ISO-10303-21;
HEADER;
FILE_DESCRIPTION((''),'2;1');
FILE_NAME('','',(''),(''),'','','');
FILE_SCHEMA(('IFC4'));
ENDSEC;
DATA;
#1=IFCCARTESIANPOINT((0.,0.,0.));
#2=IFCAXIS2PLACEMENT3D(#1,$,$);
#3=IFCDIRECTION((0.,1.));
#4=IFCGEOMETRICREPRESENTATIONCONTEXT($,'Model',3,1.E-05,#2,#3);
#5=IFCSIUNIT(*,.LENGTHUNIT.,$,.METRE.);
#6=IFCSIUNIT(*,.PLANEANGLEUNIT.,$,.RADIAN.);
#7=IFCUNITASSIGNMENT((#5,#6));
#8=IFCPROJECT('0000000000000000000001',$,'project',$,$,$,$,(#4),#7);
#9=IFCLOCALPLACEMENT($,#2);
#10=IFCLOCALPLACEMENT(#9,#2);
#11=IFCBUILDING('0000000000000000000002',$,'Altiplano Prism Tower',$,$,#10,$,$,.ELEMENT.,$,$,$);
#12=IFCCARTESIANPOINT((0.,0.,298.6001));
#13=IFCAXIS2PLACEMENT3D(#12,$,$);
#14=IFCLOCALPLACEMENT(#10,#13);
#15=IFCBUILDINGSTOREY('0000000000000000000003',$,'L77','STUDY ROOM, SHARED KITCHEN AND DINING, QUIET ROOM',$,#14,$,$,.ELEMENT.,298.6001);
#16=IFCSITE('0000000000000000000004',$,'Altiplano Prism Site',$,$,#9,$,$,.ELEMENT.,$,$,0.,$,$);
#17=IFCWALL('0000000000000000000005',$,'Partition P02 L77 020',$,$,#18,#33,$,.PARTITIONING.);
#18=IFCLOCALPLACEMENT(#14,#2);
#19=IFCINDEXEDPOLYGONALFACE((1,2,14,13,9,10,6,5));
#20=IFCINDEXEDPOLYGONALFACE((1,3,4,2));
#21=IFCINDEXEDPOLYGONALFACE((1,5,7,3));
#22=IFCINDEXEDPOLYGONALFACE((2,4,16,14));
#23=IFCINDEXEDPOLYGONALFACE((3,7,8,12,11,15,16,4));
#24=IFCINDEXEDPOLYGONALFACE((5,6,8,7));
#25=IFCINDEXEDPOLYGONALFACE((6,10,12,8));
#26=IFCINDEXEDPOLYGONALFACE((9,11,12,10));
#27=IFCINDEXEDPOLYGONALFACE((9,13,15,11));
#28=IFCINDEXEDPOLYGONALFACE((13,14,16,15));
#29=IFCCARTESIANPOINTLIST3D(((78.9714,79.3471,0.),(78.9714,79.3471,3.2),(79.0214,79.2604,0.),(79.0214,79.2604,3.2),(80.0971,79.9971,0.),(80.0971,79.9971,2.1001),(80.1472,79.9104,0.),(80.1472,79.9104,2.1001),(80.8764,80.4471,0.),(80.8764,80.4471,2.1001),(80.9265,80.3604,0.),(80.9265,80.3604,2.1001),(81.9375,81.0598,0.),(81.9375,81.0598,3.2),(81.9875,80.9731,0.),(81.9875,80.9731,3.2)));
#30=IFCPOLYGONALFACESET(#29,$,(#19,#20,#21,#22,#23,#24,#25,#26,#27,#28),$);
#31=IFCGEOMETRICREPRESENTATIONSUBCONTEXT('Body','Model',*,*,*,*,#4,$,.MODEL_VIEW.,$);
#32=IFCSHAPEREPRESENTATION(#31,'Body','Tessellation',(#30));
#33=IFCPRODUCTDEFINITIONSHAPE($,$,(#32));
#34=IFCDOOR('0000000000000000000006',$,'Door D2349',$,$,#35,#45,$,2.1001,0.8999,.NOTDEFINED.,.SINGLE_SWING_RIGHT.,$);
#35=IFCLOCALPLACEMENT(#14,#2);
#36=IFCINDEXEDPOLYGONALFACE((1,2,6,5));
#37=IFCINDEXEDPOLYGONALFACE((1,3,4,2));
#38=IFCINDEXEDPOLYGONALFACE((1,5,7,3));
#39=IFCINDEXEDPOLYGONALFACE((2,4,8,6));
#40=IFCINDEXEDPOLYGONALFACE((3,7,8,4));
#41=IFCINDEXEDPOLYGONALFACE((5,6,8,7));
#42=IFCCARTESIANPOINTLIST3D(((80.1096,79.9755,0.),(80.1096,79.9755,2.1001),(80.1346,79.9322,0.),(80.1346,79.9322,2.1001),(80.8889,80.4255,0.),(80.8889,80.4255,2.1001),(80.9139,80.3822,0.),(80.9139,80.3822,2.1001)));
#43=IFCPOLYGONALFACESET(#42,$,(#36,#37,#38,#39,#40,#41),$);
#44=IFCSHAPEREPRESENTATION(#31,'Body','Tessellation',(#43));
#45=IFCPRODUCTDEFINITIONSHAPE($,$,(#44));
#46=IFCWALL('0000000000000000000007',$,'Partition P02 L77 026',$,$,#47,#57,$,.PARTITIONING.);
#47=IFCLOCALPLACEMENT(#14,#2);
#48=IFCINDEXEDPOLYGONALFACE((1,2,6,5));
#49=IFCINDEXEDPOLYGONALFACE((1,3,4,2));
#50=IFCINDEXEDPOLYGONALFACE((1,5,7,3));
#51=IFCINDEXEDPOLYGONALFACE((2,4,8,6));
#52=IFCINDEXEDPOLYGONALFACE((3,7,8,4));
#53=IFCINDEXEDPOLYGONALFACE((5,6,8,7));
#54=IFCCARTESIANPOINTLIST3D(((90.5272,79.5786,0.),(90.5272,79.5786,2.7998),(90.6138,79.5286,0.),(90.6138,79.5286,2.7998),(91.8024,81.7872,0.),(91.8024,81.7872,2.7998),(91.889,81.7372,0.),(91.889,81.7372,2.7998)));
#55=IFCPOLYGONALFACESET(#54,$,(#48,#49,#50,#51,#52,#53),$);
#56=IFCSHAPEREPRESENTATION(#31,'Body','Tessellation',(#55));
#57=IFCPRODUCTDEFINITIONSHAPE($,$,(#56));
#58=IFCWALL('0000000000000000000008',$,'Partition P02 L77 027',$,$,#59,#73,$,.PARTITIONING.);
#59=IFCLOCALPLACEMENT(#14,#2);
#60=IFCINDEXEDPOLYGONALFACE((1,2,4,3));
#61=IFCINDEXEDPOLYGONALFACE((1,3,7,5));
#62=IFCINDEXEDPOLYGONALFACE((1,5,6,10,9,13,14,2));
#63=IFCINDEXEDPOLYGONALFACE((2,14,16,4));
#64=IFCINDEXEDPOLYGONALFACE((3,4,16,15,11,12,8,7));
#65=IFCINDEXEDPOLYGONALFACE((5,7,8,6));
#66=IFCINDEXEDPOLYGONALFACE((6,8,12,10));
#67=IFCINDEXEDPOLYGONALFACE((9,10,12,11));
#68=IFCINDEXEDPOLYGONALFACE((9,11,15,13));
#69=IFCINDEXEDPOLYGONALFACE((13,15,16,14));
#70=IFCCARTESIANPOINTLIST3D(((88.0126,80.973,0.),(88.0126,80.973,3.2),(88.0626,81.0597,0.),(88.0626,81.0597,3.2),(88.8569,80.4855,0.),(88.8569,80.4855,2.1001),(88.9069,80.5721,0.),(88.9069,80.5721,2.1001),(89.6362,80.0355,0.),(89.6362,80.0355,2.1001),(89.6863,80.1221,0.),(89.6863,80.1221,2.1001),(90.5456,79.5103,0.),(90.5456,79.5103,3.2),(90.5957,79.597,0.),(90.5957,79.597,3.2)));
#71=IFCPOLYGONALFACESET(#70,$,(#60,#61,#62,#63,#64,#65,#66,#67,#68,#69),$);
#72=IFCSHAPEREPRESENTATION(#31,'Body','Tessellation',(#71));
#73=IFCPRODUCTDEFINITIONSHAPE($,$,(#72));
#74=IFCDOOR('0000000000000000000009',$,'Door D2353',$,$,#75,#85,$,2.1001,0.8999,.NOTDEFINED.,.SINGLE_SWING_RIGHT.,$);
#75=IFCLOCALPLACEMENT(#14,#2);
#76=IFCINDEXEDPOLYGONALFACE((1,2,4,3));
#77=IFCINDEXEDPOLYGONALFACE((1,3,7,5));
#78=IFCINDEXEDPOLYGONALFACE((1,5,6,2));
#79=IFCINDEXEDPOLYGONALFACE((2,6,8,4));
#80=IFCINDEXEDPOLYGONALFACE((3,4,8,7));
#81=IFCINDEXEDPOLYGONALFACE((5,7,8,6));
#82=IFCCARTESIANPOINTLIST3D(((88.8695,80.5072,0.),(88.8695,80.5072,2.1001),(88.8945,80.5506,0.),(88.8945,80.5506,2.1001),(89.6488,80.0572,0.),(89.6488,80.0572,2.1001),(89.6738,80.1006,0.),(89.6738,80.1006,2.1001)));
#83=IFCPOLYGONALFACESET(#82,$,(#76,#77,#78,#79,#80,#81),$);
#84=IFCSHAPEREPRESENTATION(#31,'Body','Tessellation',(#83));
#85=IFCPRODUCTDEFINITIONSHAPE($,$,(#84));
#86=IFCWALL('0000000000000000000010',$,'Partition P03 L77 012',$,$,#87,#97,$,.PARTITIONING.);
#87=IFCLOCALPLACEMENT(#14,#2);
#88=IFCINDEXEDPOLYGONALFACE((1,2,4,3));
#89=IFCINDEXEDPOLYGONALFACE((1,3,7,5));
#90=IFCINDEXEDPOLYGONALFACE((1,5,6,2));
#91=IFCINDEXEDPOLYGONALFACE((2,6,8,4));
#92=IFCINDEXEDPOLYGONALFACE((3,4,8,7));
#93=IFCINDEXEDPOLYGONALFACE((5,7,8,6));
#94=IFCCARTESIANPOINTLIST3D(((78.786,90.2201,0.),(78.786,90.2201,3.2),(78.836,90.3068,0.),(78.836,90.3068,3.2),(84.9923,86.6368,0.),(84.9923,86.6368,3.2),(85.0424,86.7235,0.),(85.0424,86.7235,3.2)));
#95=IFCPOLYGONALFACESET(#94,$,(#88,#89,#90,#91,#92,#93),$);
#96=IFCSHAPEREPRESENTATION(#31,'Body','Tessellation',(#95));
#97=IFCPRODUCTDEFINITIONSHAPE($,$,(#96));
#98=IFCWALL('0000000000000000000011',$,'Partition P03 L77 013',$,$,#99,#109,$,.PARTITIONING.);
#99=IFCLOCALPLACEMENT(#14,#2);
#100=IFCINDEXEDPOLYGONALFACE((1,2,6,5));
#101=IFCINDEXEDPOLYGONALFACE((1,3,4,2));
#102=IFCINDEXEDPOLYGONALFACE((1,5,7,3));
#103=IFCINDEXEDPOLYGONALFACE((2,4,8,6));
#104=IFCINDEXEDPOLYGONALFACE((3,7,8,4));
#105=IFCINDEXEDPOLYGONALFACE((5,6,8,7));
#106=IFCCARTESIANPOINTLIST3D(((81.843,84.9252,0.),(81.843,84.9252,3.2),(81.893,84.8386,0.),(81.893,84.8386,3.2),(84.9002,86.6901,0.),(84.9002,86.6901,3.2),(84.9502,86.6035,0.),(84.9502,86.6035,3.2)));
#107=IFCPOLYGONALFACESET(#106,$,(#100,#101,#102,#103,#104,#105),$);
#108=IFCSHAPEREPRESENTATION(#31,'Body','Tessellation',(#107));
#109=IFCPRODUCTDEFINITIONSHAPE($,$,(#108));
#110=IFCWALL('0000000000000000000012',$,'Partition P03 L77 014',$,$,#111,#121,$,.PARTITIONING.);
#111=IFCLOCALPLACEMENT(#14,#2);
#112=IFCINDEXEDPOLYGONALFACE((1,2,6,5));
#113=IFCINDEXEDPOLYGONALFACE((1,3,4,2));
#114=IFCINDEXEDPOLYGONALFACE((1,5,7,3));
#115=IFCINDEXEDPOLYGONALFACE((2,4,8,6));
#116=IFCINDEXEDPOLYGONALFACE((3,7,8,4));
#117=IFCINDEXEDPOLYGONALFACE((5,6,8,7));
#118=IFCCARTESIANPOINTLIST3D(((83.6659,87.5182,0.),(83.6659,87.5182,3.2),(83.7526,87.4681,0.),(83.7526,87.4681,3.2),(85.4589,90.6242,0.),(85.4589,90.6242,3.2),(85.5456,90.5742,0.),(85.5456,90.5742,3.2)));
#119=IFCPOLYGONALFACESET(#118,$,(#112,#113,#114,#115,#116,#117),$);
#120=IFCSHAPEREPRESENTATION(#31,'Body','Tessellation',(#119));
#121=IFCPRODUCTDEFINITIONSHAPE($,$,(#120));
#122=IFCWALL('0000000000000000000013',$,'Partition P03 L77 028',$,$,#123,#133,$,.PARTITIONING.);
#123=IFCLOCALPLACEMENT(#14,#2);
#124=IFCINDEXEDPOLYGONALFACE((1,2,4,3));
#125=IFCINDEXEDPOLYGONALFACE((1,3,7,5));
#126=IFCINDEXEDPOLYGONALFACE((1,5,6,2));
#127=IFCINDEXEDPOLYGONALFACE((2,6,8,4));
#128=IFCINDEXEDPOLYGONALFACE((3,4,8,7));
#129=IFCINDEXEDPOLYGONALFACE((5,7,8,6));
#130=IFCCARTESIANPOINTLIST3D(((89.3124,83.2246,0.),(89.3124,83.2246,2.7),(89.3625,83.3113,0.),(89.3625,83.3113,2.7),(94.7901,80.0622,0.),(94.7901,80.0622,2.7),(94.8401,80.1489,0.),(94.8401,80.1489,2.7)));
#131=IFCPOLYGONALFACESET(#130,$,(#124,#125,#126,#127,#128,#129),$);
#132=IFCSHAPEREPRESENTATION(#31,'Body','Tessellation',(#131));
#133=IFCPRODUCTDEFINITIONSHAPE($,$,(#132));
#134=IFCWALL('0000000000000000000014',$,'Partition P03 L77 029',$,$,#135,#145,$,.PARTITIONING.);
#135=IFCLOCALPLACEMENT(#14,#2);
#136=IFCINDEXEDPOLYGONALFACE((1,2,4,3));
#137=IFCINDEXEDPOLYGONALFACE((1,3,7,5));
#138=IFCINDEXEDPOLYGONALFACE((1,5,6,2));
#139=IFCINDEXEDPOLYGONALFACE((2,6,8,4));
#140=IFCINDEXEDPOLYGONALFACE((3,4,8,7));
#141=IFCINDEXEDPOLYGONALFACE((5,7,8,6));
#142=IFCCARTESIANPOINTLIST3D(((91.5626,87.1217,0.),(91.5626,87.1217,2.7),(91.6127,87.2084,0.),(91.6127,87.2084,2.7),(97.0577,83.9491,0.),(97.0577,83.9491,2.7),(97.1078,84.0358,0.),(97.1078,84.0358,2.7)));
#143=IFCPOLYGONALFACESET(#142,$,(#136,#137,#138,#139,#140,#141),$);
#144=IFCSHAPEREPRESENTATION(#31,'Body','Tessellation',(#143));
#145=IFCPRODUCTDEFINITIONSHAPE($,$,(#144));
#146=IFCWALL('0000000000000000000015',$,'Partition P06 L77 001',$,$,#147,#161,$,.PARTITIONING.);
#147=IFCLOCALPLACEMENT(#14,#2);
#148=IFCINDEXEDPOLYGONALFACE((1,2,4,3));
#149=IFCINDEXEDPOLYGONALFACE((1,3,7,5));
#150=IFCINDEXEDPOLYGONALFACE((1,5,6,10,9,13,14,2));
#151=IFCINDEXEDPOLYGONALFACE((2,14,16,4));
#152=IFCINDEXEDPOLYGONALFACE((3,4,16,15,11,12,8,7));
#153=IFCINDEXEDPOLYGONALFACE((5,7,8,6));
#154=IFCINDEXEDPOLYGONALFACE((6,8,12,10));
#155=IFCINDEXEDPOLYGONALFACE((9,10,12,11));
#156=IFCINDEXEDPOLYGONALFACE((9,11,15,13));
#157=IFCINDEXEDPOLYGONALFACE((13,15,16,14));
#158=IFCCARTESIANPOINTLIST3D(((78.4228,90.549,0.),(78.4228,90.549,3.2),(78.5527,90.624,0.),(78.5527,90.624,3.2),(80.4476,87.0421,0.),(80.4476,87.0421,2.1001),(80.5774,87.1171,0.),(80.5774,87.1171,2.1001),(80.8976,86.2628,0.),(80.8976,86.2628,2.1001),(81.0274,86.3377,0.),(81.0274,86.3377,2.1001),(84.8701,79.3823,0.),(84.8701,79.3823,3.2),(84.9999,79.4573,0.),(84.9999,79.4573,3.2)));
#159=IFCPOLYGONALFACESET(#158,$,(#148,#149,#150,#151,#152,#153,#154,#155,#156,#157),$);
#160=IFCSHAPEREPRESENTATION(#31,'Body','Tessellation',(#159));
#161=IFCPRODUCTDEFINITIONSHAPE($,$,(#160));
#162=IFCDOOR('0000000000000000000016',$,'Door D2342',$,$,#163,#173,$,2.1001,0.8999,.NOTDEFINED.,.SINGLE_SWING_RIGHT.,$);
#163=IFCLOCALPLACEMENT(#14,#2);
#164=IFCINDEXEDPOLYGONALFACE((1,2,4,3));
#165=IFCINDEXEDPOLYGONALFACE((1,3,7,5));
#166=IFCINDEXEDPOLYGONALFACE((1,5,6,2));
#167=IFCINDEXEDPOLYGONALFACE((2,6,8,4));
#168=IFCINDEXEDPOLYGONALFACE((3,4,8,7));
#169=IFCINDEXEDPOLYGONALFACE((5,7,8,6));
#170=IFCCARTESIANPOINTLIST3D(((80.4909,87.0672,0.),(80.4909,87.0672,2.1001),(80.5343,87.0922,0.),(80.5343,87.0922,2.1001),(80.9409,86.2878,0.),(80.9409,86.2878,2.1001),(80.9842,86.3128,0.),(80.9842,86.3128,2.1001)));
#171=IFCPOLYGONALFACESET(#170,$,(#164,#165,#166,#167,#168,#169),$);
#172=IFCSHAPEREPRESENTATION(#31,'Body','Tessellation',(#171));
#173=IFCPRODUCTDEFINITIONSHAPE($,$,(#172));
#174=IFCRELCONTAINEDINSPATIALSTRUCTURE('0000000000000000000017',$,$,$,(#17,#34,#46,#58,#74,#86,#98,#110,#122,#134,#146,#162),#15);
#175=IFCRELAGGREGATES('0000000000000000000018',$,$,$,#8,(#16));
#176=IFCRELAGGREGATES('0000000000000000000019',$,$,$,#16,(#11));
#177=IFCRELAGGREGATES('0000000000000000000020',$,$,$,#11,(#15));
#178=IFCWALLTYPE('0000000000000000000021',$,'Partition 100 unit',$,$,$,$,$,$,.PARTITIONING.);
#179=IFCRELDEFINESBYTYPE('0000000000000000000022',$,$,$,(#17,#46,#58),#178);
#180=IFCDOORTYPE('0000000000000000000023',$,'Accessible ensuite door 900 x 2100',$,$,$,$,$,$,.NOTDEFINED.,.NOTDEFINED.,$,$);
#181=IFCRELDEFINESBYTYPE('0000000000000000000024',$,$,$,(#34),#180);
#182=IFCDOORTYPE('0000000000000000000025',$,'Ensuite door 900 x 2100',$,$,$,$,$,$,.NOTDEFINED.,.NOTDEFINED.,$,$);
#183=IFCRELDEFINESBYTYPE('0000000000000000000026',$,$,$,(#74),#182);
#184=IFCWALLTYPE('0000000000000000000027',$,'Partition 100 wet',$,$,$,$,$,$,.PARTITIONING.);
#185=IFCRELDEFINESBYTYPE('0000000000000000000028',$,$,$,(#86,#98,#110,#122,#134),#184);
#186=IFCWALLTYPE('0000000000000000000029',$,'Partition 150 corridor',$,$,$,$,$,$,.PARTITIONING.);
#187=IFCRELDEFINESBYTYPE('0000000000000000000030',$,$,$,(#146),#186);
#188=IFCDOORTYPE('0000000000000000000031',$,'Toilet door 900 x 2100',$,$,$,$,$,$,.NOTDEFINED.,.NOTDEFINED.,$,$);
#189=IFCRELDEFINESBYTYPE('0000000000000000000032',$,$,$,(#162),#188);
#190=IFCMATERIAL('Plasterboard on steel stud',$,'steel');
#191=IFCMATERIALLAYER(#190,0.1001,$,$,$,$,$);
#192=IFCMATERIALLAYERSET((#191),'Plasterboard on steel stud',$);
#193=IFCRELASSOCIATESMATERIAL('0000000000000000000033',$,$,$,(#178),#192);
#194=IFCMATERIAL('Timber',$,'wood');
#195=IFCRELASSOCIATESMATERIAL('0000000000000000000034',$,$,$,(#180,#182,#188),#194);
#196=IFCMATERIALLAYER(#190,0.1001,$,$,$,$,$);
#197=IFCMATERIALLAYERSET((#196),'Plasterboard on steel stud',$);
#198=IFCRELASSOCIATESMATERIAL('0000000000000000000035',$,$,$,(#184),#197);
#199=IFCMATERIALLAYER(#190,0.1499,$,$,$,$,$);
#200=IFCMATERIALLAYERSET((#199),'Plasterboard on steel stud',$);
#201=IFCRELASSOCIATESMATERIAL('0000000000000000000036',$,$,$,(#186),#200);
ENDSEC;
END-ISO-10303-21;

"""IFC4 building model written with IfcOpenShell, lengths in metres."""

from ifc_helpers import new_model, si_unit, direction, frame, frame_2d, origin, place, context, subcontext, project, spatial, rectangle, extrude, material, layer, layer_set, type_object, element, fill, save


model = new_model("IFC4")

# Units and contexts
model_context = context("Model", 3, precision=1e-05, world=origin(), true_north=direction((0.0, 1.0)))
body_context = subcontext(model_context, "Body", "Model", "MODEL_VIEW")
ifc_project = project(units=[si_unit("LENGTHUNIT", "METRE"), si_unit("PLANEANGLEUNIT", "RADIAN")], contexts=[model_context])

# Site, building, storey
site_placement = place(None, origin())
site = spatial("IfcSite", under=ifc_project, at=site_placement, Name="Altiplano Prism Site", CompositionType="ELEMENT", RefElevation=0.0)
building_placement = place(site_placement, origin())
building = spatial("IfcBuilding", under=site, at=building_placement, Name="Altiplano Prism Tower", CompositionType="ELEMENT")
storey_placement = place(building_placement, frame((0.0, 0.0, 298.6001)))
storey = spatial("IfcBuildingStorey", under=building, at=storey_placement, Name="L77", Description="STUDY ROOM, SHARED KITCHEN AND DINING, QUIET ROOM", CompositionType="ELEMENT", Elevation=298.6001)

# Wall, opening, door
ifc_material_1 = material(Name="Plasterboard on steel stud", Category="steel")
ifc_layer_1 = layer(ifc_material_1, 0.1001)
ifc_layer_set_1 = layer_set([ifc_layer_1], Name="Plasterboard on steel stud")
wall_type_1 = type_object("IfcWallType", Name="Partition 100 unit", PredefinedType="PARTITIONING", material=ifc_layer_set_1)
wall_1_placement = place(storey_placement, frame((81.9624, 81.0164, 0.0), z_axis=(0.0, 0.0, 1.0), x_axis=(-0.866002, -0.500041, 0.0)))
wall_1 = element("IfcWall", 1, at=wall_1_placement, inside=storey, type_object=wall_type_1, Name="Partition P02 L77 020", PredefinedType="PARTITIONING", context=body_context, shape_type="SweptSolid", body=[
    extrude(rectangle(XDim=3.425, YDim=0.1001, at=frame_2d((1.7124, 0.0))), origin(), (0.0, 0.0, 1.0), 3.2),
])
opening_1_placement = place(wall_1_placement, frame((1.2251, 0.0, 0.0)))
opening_1 = element("IfcOpeningElement", 2, at=opening_1_placement, cuts=wall_1, PredefinedType="OPENING", context=body_context, shape_type="SweptSolid", body=[
    extrude(rectangle(XDim=0.8999, YDim=2.1001, at=frame_2d((0.45, 1.05))), frame((0.0, 0.0605, 0.0), z_axis=(0.0, -1.0, 0.0), x_axis=(1.0, 0.0, 0.0)), (0.0, 0.0, 1.0), 0.1211),
])
ifc_material_2 = material(Name="Timber", Category="wood")
door_type_1 = type_object("IfcDoorType", Name="Accessible ensuite door 900 x 2100", OperationType="NOTDEFINED", PredefinedType="NOTDEFINED", material=ifc_material_2)
door_1_placement = place(opening_1_placement, origin())
door_1 = element("IfcDoor", 3, at=door_1_placement, inside=storey, type_object=door_type_1, Name="Door D2349", OperationType="SINGLE_SWING_RIGHT", OverallHeight=2.1001, OverallWidth=0.8999, PredefinedType="NOTDEFINED", context=body_context, shape_type="SweptSolid", body=[
    extrude(rectangle(XDim=0.8999, YDim=2.1001, at=frame_2d((0.45, 1.05))), frame((0.0, 0.0249, 0.0), z_axis=(0.0, -1.0, 0.0), x_axis=(1.0, 0.0, 0.0)), (0.0, 0.0, 1.0), 0.05),
])
fill(opening_1, door_1)

# Wall
wall_2_placement = place(storey_placement, frame((91.8457, 81.7622, 0.0), z_axis=(0.0, 0.0, 1.0), x_axis=(-0.500021, -0.866013, 0.0)))
element("IfcWall", 4, at=wall_2_placement, inside=storey, type_object=wall_type_1, Name="Partition P02 L77 026", PredefinedType="PARTITIONING", context=body_context, shape_type="SweptSolid", body=[
    extrude(rectangle(XDim=2.5503, YDim=0.1001, at=frame_2d((1.2751, 0.0))), origin(), (0.0, 0.0, 1.0), 2.7998),
])

# Wall, opening, door
wall_3_placement = place(storey_placement, frame((90.5706, 79.5537, 0.0), z_axis=(0.0, 0.0, 1.0), x_axis=(-0.86599, 0.500062, 0.0)))
wall_3 = element("IfcWall", 5, at=wall_3_placement, inside=storey, type_object=wall_type_1, Name="Partition P02 L77 027", PredefinedType="PARTITIONING", context=body_context, shape_type="SweptSolid", body=[
    extrude(rectangle(XDim=2.925, YDim=0.1001, at=frame_2d((1.4624, 0.0))), origin(), (0.0, 0.0, 1.0), 3.2),
])
opening_2_placement = place(wall_3_placement, frame((1.05, 0.0, 0.0)))
opening_2 = element("IfcOpeningElement", 6, at=opening_2_placement, cuts=wall_3, PredefinedType="OPENING", context=body_context, shape_type="SweptSolid", body=[
    extrude(rectangle(XDim=0.8999, YDim=2.1001, at=frame_2d((0.45, 1.05))), frame((0.0, 0.0605, 0.0), z_axis=(0.0, -1.0, 0.0), x_axis=(1.0, 0.0, 0.0)), (0.0, 0.0, 1.0), 0.1211),
])
door_type_2 = type_object("IfcDoorType", Name="Ensuite door 900 x 2100", OperationType="NOTDEFINED", PredefinedType="NOTDEFINED", material=ifc_material_2)
door_2_placement = place(opening_2_placement, origin())
door_2 = element("IfcDoor", 7, at=door_2_placement, inside=storey, type_object=door_type_2, Name="Door D2353", OperationType="SINGLE_SWING_RIGHT", OverallHeight=2.1001, OverallWidth=0.8999, PredefinedType="NOTDEFINED", context=body_context, shape_type="SweptSolid", body=[
    extrude(rectangle(XDim=0.8999, YDim=2.1001, at=frame_2d((0.45, 1.05))), frame((0.0, 0.0249, 0.0), z_axis=(0.0, -1.0, 0.0), x_axis=(1.0, 0.0, 0.0)), (0.0, 0.0, 1.0), 0.05),
])
fill(opening_2, door_2)

# Walls
ifc_layer_2 = layer(ifc_material_1, 0.1001)
ifc_layer_set_2 = layer_set([ifc_layer_2], Name="Plasterboard on steel stud")
wall_type_2 = type_object("IfcWallType", Name="Partition 100 wet", PredefinedType="PARTITIONING", material=ifc_layer_set_2)
wall_4_placement = place(storey_placement, frame((85.0173, 86.6802, 0.0), z_axis=(0.0, 0.0, 1.0), x_axis=(-0.866023, 0.500005, 0.0)))
element("IfcWall", 8, at=wall_4_placement, inside=storey, type_object=wall_type_2, Name="Partition P03 L77 012", PredefinedType="PARTITIONING", context=body_context, shape_type="SweptSolid", body=[
    extrude(rectangle(XDim=7.1665, YDim=0.1001, at=frame_2d((3.5833, 0.0))), origin(), (0.0, 0.0, 1.0), 3.2),
])
wall_5_placement = place(storey_placement, frame((81.8679, 84.8818, 0.0), z_axis=(0.0, 0.0, 1.0), x_axis=(0.866043, 0.49997, 0.0)))
element("IfcWall", 9, at=wall_5_placement, inside=storey, type_object=wall_type_2, Name="Partition P03 L77 013", PredefinedType="PARTITIONING", context=body_context, shape_type="SweptSolid", body=[
    extrude(rectangle(XDim=3.53, YDim=0.1001, at=frame_2d((1.7651, 0.0))), origin(), (0.0, 0.0, 1.0), 3.2),
])
wall_6_placement = place(storey_placement, frame((83.7092, 87.4932, 0.0), z_axis=(0.0, 0.0, 1.0), x_axis=(0.499946, 0.866056, 0.0)))
element("IfcWall", 10, at=wall_6_placement, inside=storey, type_object=wall_type_2, Name="Partition P03 L77 014", PredefinedType="PARTITIONING", context=body_context, shape_type="SweptSolid", body=[
    extrude(rectangle(XDim=3.5864, YDim=0.1001, at=frame_2d((1.7932, 0.0))), origin(), (0.0, 0.0, 1.0), 3.2),
])
wall_7_placement = place(storey_placement, frame((94.8152, 80.1055, 0.0), z_axis=(0.0, 0.0, 1.0), x_axis=(-0.866033, 0.499988, 0.0)))
element("IfcWall", 11, at=wall_7_placement, inside=storey, type_object=wall_type_2, Name="Partition P03 L77 028", PredefinedType="PARTITIONING", context=body_context, shape_type="SweptSolid", body=[
    extrude(rectangle(XDim=6.325, YDim=0.1001, at=frame_2d((3.1626, 0.0))), origin(), (0.0, 0.0, 1.0), 2.7),
])
wall_8_placement = place(storey_placement, frame((97.0828, 83.9924, 0.0), z_axis=(0.0, 0.0, 1.0), x_axis=(-0.866025, 0.5, 0.0)))
element("IfcWall", 12, at=wall_8_placement, inside=storey, type_object=wall_type_2, Name="Partition P03 L77 029", PredefinedType="PARTITIONING", context=body_context, shape_type="SweptSolid", body=[
    extrude(rectangle(XDim=6.3452, YDim=0.1001, at=frame_2d((3.1726, 0.0))), origin(), (0.0, 0.0, 1.0), 2.7),
])

# Wall, opening, door
ifc_layer_3 = layer(ifc_material_1, 0.1499)
ifc_layer_set_3 = layer_set([ifc_layer_3], Name="Plasterboard on steel stud")
wall_type_3 = type_object("IfcWallType", Name="Partition 150 corridor", PredefinedType="PARTITIONING", material=ifc_layer_set_3)
wall_9_placement = place(storey_placement, frame((84.9351, 79.4197, 0.0), z_axis=(0.0, 0.0, 1.0), x_axis=(-0.500008, 0.866021, 0.0)))
wall_9 = element("IfcWall", 13, at=wall_9_placement, inside=storey, type_object=wall_type_3, Name="Partition P06 L77 001", PredefinedType="PARTITIONING", context=body_context, shape_type="SweptSolid", body=[
    extrude(rectangle(XDim=12.8943, YDim=0.1499, at=frame_2d((6.4473, 0.0))), origin(), (0.0, 0.0, 1.0), 3.2),
])
opening_3_placement = place(wall_9_placement, frame((7.9451, 0.0, 0.0)))
opening_3 = element("IfcOpeningElement", 14, at=opening_3_placement, cuts=wall_9, PredefinedType="OPENING", context=body_context, shape_type="SweptSolid", body=[
    extrude(rectangle(XDim=0.8999, YDim=2.1001, at=frame_2d((0.45, 1.05))), frame((0.0, 0.0854, 0.0), z_axis=(0.0, -1.0, 0.0), x_axis=(1.0, 0.0, 0.0)), (0.0, 0.0, 1.0), 0.1709),
])
door_type_3 = type_object("IfcDoorType", Name="Toilet door 900 x 2100", OperationType="NOTDEFINED", PredefinedType="NOTDEFINED", material=ifc_material_2)
door_3_placement = place(opening_3_placement, origin())
door_3 = element("IfcDoor", 15, at=door_3_placement, inside=storey, type_object=door_type_3, Name="Door D2342", OperationType="SINGLE_SWING_RIGHT", OverallHeight=2.1001, OverallWidth=0.8999, PredefinedType="NOTDEFINED", context=body_context, shape_type="SweptSolid", body=[
    extrude(rectangle(XDim=0.8999, YDim=2.1001, at=frame_2d((0.45, 1.05))), frame((0.0, 0.0249, 0.0), z_axis=(0.0, -1.0, 0.0), x_axis=(1.0, 0.0, 0.0)), (0.0, 0.0, 1.0), 0.05),
])
fill(opening_3, door_3)

save(model, "model.ifc")
